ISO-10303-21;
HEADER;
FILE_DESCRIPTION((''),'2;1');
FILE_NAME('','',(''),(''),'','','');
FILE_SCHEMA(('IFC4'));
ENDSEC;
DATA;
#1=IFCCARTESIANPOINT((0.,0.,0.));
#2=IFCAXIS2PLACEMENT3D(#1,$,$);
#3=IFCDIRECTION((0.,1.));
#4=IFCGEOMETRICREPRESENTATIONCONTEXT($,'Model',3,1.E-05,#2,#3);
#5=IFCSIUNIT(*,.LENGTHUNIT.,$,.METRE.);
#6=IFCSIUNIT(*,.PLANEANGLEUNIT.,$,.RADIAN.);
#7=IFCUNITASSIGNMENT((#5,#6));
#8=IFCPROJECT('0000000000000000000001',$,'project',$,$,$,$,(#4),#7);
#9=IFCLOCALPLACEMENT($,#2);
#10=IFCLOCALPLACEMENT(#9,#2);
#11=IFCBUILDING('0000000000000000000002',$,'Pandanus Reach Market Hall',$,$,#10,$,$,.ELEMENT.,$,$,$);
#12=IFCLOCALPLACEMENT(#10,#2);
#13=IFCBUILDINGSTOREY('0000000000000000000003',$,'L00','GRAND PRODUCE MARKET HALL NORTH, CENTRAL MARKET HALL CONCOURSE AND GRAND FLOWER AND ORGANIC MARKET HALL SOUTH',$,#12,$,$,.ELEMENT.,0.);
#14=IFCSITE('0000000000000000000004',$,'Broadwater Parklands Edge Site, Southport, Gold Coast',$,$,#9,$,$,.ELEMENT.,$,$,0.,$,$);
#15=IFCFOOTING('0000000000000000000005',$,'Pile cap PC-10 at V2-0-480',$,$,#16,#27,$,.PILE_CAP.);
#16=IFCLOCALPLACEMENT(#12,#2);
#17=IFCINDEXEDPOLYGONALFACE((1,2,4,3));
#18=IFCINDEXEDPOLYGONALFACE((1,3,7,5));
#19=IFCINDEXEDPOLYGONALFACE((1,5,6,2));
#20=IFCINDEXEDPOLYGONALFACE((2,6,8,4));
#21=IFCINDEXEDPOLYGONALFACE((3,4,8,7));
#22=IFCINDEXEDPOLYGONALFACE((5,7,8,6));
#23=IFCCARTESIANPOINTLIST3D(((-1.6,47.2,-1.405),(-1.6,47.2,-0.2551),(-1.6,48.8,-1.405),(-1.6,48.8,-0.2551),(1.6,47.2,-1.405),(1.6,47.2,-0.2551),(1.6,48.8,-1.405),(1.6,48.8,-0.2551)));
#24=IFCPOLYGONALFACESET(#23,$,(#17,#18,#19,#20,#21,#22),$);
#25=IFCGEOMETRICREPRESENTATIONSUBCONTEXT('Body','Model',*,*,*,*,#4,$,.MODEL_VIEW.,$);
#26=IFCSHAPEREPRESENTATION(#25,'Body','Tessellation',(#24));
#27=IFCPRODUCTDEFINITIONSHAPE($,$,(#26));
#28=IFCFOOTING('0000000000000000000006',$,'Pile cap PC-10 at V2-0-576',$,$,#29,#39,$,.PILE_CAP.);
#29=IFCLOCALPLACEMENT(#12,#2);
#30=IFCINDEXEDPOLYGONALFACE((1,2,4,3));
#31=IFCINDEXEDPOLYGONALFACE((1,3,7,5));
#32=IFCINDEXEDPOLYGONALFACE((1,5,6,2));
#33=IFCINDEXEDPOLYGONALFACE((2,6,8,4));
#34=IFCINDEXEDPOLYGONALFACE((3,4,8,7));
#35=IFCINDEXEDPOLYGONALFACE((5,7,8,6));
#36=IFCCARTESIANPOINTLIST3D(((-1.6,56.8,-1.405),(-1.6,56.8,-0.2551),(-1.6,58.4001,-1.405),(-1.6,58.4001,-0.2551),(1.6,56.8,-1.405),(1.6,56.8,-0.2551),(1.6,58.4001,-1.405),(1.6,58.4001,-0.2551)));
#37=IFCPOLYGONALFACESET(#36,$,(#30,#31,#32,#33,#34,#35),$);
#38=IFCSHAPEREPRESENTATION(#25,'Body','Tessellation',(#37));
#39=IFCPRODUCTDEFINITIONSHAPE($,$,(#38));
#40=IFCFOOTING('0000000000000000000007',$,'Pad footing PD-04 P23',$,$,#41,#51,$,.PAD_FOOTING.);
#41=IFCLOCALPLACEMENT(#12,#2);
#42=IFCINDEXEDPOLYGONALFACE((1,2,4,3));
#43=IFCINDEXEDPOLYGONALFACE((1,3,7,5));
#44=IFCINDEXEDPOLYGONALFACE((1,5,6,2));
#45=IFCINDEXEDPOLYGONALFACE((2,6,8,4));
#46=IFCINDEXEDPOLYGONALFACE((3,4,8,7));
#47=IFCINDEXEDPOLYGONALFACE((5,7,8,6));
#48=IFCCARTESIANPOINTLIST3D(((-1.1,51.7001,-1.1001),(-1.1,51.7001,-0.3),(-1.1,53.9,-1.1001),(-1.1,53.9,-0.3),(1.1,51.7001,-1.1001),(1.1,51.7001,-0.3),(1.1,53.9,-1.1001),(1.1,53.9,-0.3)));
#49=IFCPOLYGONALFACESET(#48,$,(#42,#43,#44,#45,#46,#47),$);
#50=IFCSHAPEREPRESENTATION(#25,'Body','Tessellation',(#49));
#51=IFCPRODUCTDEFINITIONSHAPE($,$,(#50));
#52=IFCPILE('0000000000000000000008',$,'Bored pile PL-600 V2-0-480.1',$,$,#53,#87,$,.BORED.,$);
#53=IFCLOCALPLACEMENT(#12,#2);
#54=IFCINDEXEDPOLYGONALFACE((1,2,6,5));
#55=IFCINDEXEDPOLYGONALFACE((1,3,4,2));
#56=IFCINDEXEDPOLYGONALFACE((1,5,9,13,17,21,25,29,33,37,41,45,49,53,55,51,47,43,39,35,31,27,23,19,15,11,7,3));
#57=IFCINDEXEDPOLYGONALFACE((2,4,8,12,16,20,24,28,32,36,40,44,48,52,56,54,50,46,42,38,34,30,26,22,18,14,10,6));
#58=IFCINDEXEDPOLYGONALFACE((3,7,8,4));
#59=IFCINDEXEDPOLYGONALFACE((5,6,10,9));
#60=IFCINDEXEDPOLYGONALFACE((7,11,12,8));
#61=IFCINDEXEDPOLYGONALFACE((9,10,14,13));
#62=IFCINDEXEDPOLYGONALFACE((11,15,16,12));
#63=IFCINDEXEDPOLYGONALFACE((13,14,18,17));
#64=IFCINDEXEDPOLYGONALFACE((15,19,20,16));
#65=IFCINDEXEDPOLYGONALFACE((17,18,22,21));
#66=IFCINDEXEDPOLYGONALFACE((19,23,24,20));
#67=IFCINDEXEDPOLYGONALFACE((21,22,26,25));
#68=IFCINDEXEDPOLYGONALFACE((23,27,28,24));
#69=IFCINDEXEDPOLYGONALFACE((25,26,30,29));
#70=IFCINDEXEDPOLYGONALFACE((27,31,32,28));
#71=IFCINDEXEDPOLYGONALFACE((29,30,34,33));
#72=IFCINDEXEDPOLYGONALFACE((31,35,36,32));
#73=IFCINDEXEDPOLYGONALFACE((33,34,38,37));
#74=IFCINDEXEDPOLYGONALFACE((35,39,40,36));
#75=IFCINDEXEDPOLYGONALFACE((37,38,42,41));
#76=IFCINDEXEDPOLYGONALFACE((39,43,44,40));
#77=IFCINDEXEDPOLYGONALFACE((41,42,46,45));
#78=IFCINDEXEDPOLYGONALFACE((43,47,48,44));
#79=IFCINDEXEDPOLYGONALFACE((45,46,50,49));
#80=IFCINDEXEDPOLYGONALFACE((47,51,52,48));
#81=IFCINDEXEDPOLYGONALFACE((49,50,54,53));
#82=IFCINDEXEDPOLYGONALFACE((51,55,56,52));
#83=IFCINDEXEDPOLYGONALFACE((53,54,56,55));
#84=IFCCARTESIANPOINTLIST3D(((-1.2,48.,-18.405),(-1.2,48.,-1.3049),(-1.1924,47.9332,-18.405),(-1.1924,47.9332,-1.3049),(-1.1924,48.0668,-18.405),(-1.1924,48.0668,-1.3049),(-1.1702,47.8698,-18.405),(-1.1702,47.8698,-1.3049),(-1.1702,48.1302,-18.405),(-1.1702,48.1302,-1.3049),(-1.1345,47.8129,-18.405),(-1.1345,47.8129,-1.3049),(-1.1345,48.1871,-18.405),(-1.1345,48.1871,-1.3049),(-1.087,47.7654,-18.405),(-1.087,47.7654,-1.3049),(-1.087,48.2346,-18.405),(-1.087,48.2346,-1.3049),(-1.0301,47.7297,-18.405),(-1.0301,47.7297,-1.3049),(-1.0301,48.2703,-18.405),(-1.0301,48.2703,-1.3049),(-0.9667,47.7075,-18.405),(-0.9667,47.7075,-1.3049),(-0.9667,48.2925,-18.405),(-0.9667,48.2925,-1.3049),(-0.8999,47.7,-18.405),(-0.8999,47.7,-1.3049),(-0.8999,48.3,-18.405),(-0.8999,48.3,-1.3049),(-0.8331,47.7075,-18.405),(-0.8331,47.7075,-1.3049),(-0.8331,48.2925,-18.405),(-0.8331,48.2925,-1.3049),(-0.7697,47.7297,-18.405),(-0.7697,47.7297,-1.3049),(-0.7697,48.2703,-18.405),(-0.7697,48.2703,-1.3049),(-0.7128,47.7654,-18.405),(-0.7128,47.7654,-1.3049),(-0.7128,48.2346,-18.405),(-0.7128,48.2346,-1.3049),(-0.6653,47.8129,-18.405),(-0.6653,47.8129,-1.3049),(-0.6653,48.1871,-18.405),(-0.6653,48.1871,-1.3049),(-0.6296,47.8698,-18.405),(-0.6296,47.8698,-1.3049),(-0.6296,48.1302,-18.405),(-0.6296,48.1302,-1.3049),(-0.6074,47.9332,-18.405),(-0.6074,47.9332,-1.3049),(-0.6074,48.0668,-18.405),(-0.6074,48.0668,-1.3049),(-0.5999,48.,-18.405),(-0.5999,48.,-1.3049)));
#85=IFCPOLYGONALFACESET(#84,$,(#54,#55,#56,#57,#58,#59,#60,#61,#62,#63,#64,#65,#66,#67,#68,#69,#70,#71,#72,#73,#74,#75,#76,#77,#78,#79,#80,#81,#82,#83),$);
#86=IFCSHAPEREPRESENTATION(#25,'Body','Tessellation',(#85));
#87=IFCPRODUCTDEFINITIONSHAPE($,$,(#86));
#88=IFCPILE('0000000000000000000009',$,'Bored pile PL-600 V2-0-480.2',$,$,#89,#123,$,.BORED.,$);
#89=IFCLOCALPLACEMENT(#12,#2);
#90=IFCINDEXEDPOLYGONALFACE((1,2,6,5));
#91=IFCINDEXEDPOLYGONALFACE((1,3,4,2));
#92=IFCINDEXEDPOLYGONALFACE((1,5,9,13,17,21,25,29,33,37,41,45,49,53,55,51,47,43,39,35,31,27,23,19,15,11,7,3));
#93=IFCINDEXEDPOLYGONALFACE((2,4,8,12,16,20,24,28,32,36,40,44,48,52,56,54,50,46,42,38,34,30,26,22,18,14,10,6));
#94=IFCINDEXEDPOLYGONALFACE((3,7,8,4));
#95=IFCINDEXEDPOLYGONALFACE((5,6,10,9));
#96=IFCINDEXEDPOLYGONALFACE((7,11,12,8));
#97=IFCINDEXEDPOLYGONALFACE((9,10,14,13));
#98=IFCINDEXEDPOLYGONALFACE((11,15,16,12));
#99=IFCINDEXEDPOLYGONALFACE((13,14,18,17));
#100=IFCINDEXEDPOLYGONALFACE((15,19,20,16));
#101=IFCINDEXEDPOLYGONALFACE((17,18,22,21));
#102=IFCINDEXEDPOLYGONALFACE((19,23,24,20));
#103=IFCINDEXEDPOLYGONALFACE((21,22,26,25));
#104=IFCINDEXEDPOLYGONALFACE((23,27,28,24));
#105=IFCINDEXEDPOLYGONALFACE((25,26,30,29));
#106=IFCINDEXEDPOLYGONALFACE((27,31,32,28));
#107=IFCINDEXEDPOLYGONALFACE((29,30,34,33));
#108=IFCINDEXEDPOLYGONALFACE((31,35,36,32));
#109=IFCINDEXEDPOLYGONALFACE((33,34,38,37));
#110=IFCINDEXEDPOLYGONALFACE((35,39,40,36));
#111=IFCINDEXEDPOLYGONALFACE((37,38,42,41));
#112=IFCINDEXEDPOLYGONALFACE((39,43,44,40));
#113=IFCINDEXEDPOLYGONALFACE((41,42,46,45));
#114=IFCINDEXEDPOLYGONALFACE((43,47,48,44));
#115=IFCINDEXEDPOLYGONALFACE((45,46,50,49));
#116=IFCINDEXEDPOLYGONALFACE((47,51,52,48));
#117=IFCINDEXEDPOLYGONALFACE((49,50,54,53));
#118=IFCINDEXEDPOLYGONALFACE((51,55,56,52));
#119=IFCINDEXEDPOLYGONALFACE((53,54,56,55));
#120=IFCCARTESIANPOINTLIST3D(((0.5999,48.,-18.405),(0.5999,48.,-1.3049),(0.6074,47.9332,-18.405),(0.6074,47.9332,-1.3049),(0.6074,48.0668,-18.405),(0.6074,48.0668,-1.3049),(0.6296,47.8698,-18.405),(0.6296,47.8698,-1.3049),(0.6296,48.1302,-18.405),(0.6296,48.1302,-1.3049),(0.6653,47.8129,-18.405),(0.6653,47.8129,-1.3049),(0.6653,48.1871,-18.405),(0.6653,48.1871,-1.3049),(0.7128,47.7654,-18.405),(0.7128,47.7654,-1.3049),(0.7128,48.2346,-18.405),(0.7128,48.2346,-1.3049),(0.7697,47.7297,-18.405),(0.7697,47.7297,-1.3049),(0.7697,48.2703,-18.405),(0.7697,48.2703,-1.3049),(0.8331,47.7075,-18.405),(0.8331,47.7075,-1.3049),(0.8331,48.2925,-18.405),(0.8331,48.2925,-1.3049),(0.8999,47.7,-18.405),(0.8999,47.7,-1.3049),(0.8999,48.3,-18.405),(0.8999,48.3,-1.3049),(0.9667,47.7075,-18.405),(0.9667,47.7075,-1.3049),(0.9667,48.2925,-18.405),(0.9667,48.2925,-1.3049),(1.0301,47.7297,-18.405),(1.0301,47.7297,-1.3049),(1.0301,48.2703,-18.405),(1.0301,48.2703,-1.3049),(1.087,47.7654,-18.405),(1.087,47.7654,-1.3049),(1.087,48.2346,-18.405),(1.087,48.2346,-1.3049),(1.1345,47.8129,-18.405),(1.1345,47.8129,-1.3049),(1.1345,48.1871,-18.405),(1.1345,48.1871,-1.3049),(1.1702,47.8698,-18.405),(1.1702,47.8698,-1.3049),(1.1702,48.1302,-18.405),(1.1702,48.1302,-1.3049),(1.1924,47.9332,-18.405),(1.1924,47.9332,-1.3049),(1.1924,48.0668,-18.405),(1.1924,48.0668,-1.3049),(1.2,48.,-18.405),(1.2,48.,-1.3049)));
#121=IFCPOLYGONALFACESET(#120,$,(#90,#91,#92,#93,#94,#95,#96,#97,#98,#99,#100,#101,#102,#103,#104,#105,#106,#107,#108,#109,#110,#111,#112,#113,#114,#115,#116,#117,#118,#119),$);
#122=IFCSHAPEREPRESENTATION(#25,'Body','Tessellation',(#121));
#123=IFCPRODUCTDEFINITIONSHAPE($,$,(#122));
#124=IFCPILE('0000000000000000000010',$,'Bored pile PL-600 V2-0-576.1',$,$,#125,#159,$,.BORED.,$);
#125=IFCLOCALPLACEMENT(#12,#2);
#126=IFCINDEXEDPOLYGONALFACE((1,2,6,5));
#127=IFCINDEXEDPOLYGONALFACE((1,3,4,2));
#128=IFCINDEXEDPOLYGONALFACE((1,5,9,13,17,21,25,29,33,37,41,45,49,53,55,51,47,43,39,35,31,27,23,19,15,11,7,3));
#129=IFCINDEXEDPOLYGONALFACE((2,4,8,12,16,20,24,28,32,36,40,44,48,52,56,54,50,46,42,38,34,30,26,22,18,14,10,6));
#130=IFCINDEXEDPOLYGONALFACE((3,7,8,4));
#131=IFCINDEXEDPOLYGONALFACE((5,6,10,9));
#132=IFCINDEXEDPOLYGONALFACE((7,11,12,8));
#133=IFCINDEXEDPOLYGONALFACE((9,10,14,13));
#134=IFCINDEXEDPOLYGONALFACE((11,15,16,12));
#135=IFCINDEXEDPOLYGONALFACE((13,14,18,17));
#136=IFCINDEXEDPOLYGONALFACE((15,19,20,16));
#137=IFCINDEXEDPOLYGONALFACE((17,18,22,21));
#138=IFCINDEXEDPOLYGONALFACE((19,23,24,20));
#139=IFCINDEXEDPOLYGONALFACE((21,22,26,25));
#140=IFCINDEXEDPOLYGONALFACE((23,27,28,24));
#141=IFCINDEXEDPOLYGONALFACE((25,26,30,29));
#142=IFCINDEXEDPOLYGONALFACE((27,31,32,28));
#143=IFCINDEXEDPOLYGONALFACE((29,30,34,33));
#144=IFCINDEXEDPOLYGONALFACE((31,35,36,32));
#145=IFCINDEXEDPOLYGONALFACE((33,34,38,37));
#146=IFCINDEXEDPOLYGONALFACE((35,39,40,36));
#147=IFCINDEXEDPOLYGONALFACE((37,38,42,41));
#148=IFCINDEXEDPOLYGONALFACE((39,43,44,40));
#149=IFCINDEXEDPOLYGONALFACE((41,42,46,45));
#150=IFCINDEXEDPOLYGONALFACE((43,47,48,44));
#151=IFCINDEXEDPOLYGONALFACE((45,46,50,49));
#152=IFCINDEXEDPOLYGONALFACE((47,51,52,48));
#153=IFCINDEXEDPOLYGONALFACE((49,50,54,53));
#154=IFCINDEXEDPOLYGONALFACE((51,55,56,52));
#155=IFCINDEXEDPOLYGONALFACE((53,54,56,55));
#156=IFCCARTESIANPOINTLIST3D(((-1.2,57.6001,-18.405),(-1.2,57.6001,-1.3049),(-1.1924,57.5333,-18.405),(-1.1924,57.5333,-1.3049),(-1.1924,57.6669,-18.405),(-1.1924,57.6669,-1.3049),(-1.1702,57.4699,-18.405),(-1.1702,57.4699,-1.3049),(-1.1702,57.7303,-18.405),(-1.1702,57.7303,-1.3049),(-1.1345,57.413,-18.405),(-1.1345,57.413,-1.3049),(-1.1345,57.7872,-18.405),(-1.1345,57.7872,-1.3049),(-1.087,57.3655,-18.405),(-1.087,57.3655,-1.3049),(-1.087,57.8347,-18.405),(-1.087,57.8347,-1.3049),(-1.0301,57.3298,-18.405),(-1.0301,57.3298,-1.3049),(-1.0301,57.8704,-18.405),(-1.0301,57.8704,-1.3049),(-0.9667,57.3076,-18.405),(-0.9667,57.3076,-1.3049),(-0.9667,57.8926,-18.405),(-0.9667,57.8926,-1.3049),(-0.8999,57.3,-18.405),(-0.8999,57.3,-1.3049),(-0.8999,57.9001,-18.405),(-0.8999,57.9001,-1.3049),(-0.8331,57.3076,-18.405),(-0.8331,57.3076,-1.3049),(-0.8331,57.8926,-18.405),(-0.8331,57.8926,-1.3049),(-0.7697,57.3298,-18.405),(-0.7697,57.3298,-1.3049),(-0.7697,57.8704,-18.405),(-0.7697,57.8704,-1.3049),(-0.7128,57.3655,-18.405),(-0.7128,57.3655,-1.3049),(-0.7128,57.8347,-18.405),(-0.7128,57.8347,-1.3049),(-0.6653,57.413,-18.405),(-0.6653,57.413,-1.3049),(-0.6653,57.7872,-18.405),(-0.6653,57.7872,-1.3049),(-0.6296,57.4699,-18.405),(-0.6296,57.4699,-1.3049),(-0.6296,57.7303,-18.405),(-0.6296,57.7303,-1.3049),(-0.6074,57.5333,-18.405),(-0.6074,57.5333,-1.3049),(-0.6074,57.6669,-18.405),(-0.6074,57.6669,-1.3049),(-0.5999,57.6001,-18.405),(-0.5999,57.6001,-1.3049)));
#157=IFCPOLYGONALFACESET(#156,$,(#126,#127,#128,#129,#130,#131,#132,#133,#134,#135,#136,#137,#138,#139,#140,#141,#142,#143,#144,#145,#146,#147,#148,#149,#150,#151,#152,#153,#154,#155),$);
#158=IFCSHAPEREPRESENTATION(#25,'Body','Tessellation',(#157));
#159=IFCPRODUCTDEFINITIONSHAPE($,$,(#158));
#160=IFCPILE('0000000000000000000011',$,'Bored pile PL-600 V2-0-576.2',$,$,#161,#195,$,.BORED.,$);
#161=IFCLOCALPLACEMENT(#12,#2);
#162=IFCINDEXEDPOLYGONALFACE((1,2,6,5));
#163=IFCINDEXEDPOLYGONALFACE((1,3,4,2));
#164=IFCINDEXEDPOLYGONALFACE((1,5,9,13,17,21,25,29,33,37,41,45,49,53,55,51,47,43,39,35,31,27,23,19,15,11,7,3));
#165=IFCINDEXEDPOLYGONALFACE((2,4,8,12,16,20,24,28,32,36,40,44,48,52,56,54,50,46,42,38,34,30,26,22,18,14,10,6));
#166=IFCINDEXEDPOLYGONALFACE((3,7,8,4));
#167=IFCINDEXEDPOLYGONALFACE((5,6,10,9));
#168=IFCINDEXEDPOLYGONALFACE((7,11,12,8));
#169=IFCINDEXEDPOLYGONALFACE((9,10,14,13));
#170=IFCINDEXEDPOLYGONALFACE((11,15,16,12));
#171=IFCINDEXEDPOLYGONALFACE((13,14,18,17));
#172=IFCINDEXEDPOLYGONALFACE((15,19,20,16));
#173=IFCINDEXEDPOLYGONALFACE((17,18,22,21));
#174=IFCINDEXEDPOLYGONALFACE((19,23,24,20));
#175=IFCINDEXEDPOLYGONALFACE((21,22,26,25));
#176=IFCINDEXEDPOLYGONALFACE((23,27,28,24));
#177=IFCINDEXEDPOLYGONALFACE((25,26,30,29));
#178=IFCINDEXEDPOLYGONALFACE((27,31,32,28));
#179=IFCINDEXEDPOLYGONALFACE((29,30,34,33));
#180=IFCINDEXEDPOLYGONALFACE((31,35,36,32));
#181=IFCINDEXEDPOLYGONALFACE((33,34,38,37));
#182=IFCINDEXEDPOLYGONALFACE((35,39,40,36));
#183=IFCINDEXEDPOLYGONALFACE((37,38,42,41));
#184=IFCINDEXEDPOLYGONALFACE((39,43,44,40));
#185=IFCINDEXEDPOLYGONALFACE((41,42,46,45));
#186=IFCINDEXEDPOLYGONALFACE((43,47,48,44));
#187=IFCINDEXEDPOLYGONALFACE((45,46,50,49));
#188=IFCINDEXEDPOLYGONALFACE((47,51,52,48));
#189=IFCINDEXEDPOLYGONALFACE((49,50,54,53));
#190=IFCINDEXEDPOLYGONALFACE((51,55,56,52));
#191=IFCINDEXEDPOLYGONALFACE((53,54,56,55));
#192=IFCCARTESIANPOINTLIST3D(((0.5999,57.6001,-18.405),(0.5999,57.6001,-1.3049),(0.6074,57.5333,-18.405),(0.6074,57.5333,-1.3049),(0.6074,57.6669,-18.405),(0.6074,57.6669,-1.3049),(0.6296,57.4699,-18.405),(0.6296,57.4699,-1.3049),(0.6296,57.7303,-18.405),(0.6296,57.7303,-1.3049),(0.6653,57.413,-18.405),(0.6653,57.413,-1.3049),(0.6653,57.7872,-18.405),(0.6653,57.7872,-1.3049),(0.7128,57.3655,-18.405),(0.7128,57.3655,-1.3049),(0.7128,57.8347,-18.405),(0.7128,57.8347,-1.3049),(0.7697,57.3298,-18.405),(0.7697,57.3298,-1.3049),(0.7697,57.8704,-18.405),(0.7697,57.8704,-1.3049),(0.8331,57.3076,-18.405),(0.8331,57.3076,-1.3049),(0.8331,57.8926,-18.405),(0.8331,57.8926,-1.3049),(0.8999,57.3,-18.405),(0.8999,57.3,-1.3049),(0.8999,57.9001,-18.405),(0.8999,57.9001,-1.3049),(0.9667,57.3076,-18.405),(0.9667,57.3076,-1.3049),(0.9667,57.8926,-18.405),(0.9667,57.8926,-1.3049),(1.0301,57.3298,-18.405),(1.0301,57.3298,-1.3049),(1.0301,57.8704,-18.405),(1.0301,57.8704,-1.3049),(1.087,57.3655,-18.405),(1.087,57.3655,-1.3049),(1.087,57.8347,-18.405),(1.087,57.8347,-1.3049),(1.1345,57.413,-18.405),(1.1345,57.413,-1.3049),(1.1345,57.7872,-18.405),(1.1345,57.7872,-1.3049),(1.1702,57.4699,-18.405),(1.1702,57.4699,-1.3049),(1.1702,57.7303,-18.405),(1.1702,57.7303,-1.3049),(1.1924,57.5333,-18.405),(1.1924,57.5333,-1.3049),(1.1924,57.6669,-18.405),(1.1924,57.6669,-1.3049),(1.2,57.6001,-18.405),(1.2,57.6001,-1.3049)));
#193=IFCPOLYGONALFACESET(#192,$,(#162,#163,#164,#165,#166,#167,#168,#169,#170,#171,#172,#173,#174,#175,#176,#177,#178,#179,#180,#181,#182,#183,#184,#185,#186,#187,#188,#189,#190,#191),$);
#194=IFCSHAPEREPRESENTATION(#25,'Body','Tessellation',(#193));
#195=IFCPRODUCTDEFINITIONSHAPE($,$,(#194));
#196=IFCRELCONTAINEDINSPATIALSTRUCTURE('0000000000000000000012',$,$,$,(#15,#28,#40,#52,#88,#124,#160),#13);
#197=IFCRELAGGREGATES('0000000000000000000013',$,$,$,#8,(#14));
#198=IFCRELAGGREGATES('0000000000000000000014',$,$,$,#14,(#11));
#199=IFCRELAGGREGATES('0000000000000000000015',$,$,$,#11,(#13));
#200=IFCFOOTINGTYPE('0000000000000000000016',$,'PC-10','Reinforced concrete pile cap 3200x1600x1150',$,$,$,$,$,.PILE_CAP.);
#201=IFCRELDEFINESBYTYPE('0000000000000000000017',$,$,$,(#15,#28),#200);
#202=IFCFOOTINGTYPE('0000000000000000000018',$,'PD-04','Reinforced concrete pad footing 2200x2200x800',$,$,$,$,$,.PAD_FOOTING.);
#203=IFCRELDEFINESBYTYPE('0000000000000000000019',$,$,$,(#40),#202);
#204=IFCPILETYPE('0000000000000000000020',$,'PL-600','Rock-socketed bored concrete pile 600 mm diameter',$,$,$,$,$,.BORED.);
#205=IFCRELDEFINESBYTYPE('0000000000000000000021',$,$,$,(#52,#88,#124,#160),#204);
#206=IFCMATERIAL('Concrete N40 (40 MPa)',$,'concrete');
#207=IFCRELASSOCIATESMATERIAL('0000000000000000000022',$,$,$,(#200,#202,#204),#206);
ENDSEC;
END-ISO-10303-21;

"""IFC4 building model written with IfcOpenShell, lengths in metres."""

from ifc_helpers import new_model, si_unit, direction, frame, origin, origin_2d, place, context, subcontext, project, spatial, rectangle, circle, extrude, material, material_profile, profile_set, type_object, element, save


model = new_model("IFC4")

# Units and contexts
model_context = context("Model", 3, precision=1e-05, world=origin(), true_north=direction((0.0, 1.0)))
body_context = subcontext(model_context, "Body", "Model", "MODEL_VIEW")
ifc_project = project(units=[si_unit("LENGTHUNIT", "METRE"), si_unit("PLANEANGLEUNIT", "RADIAN")], contexts=[model_context])

# Site, building, storey
site_placement = place(None, origin())
site = spatial("IfcSite", under=ifc_project, at=site_placement, Name="Broadwater Parklands Edge Site, Southport, Gold Coast", CompositionType="ELEMENT", RefElevation=0.0)
building_placement = place(site_placement, origin())
building = spatial("IfcBuilding", under=site, at=building_placement, Name="Pandanus Reach Market Hall", CompositionType="ELEMENT")
storey_placement = place(building_placement, origin())
storey = spatial("IfcBuildingStorey", under=building, at=storey_placement, Name="L00", Description="GRAND PRODUCE MARKET HALL NORTH, CENTRAL MARKET HALL CONCOURSE AND GRAND FLOWER AND ORGANIC MARKET HALL SOUTH", CompositionType="ELEMENT", Elevation=0.0)

# Footings
ifc_material_1 = material(Name="Concrete N40 (40 MPa)", Category="concrete")
footing_type_1 = type_object("IfcFootingType", Name="PC-10", Description="Reinforced concrete pile cap 3200x1600x1150", PredefinedType="PILE_CAP", material=ifc_material_1)
for number, where, z_axis, x_axis, name in (
    (1, (0.0, 48.0, -1.405), (0.0, 0.0, 1.0), (1.0, 0.0, 0.0), "Pile cap PC-10 at V2-0-480"),
    (2, (0.0, 57.6001, -1.405), (0.0, 0.0, 1.0), (1.0, 0.0, 0.0), "Pile cap PC-10 at V2-0-576"),
):
    element("IfcFooting", number, at=place(storey_placement, frame(where, z_axis=z_axis, x_axis=x_axis)), inside=storey, type_object=footing_type_1, Name=name, PredefinedType="PILE_CAP", context=body_context, shape_type="SweptSolid", body=[
        extrude(rectangle(XDim=3.2, YDim=1.6001, at=origin_2d()), origin(), (0.0, 0.0, 1.0), 1.1499),
    ])
footing_type_2 = type_object("IfcFootingType", Name="PD-04", Description="Reinforced concrete pad footing 2200x2200x800", PredefinedType="PAD_FOOTING", material=ifc_material_1)
footing_placement = place(storey_placement, frame((0.0, 52.8, -1.1001), z_axis=(0.0, 0.0, 1.0), x_axis=(1.0, 0.0, 0.0)))
element("IfcFooting", 3, at=footing_placement, inside=storey, type_object=footing_type_2, Name="Pad footing PD-04 P23", PredefinedType="PAD_FOOTING", context=body_context, shape_type="SweptSolid", body=[
    extrude(rectangle(XDim=2.2, YDim=2.2, at=origin_2d()), origin(), (0.0, 0.0, 1.0), 0.8),
])

# Piles
ifc_material_profile_1 = material_profile(ifc_material_1, circle(Radius=0.3, at=origin_2d()), Name="PILE-600D", Category="LoadBearing")
ifc_profile_set_1 = profile_set([ifc_material_profile_1], Name="Concrete N40 (40 MPa)")
pile_type = type_object("IfcPileType", Name="PL-600", Description="Rock-socketed bored concrete pile 600 mm diameter", PredefinedType="BORED", material=ifc_profile_set_1)
for number, where, z_axis, x_axis, name in (
    (4, (-0.8999, 48.0, -1.3049), (0.0, 0.0, -1.0), (1.0, 0.0, 0.0), "Bored pile PL-600 V2-0-480.1"),
    (5, (0.8999, 48.0, -1.3049), (0.0, 0.0, -1.0), (1.0, 0.0, 0.0), "Bored pile PL-600 V2-0-480.2"),
    (6, (-0.8999, 57.6001, -1.3049), (0.0, 0.0, -1.0), (1.0, 0.0, 0.0), "Bored pile PL-600 V2-0-576.1"),
    (7, (0.8999, 57.6001, -1.3049), (0.0, 0.0, -1.0), (1.0, 0.0, 0.0), "Bored pile PL-600 V2-0-576.2"),
):
    element("IfcPile", number, at=place(storey_placement, frame(where, z_axis=z_axis, x_axis=x_axis)), inside=storey, type_object=pile_type, Name=name, PredefinedType="BORED", context=body_context, shape_type="SweptSolid", body=[
        extrude(circle(Radius=0.3, at=origin_2d()), origin(), (0.0, 0.0, 1.0), 17.1001),
    ])

save(model, "model.ifc")
